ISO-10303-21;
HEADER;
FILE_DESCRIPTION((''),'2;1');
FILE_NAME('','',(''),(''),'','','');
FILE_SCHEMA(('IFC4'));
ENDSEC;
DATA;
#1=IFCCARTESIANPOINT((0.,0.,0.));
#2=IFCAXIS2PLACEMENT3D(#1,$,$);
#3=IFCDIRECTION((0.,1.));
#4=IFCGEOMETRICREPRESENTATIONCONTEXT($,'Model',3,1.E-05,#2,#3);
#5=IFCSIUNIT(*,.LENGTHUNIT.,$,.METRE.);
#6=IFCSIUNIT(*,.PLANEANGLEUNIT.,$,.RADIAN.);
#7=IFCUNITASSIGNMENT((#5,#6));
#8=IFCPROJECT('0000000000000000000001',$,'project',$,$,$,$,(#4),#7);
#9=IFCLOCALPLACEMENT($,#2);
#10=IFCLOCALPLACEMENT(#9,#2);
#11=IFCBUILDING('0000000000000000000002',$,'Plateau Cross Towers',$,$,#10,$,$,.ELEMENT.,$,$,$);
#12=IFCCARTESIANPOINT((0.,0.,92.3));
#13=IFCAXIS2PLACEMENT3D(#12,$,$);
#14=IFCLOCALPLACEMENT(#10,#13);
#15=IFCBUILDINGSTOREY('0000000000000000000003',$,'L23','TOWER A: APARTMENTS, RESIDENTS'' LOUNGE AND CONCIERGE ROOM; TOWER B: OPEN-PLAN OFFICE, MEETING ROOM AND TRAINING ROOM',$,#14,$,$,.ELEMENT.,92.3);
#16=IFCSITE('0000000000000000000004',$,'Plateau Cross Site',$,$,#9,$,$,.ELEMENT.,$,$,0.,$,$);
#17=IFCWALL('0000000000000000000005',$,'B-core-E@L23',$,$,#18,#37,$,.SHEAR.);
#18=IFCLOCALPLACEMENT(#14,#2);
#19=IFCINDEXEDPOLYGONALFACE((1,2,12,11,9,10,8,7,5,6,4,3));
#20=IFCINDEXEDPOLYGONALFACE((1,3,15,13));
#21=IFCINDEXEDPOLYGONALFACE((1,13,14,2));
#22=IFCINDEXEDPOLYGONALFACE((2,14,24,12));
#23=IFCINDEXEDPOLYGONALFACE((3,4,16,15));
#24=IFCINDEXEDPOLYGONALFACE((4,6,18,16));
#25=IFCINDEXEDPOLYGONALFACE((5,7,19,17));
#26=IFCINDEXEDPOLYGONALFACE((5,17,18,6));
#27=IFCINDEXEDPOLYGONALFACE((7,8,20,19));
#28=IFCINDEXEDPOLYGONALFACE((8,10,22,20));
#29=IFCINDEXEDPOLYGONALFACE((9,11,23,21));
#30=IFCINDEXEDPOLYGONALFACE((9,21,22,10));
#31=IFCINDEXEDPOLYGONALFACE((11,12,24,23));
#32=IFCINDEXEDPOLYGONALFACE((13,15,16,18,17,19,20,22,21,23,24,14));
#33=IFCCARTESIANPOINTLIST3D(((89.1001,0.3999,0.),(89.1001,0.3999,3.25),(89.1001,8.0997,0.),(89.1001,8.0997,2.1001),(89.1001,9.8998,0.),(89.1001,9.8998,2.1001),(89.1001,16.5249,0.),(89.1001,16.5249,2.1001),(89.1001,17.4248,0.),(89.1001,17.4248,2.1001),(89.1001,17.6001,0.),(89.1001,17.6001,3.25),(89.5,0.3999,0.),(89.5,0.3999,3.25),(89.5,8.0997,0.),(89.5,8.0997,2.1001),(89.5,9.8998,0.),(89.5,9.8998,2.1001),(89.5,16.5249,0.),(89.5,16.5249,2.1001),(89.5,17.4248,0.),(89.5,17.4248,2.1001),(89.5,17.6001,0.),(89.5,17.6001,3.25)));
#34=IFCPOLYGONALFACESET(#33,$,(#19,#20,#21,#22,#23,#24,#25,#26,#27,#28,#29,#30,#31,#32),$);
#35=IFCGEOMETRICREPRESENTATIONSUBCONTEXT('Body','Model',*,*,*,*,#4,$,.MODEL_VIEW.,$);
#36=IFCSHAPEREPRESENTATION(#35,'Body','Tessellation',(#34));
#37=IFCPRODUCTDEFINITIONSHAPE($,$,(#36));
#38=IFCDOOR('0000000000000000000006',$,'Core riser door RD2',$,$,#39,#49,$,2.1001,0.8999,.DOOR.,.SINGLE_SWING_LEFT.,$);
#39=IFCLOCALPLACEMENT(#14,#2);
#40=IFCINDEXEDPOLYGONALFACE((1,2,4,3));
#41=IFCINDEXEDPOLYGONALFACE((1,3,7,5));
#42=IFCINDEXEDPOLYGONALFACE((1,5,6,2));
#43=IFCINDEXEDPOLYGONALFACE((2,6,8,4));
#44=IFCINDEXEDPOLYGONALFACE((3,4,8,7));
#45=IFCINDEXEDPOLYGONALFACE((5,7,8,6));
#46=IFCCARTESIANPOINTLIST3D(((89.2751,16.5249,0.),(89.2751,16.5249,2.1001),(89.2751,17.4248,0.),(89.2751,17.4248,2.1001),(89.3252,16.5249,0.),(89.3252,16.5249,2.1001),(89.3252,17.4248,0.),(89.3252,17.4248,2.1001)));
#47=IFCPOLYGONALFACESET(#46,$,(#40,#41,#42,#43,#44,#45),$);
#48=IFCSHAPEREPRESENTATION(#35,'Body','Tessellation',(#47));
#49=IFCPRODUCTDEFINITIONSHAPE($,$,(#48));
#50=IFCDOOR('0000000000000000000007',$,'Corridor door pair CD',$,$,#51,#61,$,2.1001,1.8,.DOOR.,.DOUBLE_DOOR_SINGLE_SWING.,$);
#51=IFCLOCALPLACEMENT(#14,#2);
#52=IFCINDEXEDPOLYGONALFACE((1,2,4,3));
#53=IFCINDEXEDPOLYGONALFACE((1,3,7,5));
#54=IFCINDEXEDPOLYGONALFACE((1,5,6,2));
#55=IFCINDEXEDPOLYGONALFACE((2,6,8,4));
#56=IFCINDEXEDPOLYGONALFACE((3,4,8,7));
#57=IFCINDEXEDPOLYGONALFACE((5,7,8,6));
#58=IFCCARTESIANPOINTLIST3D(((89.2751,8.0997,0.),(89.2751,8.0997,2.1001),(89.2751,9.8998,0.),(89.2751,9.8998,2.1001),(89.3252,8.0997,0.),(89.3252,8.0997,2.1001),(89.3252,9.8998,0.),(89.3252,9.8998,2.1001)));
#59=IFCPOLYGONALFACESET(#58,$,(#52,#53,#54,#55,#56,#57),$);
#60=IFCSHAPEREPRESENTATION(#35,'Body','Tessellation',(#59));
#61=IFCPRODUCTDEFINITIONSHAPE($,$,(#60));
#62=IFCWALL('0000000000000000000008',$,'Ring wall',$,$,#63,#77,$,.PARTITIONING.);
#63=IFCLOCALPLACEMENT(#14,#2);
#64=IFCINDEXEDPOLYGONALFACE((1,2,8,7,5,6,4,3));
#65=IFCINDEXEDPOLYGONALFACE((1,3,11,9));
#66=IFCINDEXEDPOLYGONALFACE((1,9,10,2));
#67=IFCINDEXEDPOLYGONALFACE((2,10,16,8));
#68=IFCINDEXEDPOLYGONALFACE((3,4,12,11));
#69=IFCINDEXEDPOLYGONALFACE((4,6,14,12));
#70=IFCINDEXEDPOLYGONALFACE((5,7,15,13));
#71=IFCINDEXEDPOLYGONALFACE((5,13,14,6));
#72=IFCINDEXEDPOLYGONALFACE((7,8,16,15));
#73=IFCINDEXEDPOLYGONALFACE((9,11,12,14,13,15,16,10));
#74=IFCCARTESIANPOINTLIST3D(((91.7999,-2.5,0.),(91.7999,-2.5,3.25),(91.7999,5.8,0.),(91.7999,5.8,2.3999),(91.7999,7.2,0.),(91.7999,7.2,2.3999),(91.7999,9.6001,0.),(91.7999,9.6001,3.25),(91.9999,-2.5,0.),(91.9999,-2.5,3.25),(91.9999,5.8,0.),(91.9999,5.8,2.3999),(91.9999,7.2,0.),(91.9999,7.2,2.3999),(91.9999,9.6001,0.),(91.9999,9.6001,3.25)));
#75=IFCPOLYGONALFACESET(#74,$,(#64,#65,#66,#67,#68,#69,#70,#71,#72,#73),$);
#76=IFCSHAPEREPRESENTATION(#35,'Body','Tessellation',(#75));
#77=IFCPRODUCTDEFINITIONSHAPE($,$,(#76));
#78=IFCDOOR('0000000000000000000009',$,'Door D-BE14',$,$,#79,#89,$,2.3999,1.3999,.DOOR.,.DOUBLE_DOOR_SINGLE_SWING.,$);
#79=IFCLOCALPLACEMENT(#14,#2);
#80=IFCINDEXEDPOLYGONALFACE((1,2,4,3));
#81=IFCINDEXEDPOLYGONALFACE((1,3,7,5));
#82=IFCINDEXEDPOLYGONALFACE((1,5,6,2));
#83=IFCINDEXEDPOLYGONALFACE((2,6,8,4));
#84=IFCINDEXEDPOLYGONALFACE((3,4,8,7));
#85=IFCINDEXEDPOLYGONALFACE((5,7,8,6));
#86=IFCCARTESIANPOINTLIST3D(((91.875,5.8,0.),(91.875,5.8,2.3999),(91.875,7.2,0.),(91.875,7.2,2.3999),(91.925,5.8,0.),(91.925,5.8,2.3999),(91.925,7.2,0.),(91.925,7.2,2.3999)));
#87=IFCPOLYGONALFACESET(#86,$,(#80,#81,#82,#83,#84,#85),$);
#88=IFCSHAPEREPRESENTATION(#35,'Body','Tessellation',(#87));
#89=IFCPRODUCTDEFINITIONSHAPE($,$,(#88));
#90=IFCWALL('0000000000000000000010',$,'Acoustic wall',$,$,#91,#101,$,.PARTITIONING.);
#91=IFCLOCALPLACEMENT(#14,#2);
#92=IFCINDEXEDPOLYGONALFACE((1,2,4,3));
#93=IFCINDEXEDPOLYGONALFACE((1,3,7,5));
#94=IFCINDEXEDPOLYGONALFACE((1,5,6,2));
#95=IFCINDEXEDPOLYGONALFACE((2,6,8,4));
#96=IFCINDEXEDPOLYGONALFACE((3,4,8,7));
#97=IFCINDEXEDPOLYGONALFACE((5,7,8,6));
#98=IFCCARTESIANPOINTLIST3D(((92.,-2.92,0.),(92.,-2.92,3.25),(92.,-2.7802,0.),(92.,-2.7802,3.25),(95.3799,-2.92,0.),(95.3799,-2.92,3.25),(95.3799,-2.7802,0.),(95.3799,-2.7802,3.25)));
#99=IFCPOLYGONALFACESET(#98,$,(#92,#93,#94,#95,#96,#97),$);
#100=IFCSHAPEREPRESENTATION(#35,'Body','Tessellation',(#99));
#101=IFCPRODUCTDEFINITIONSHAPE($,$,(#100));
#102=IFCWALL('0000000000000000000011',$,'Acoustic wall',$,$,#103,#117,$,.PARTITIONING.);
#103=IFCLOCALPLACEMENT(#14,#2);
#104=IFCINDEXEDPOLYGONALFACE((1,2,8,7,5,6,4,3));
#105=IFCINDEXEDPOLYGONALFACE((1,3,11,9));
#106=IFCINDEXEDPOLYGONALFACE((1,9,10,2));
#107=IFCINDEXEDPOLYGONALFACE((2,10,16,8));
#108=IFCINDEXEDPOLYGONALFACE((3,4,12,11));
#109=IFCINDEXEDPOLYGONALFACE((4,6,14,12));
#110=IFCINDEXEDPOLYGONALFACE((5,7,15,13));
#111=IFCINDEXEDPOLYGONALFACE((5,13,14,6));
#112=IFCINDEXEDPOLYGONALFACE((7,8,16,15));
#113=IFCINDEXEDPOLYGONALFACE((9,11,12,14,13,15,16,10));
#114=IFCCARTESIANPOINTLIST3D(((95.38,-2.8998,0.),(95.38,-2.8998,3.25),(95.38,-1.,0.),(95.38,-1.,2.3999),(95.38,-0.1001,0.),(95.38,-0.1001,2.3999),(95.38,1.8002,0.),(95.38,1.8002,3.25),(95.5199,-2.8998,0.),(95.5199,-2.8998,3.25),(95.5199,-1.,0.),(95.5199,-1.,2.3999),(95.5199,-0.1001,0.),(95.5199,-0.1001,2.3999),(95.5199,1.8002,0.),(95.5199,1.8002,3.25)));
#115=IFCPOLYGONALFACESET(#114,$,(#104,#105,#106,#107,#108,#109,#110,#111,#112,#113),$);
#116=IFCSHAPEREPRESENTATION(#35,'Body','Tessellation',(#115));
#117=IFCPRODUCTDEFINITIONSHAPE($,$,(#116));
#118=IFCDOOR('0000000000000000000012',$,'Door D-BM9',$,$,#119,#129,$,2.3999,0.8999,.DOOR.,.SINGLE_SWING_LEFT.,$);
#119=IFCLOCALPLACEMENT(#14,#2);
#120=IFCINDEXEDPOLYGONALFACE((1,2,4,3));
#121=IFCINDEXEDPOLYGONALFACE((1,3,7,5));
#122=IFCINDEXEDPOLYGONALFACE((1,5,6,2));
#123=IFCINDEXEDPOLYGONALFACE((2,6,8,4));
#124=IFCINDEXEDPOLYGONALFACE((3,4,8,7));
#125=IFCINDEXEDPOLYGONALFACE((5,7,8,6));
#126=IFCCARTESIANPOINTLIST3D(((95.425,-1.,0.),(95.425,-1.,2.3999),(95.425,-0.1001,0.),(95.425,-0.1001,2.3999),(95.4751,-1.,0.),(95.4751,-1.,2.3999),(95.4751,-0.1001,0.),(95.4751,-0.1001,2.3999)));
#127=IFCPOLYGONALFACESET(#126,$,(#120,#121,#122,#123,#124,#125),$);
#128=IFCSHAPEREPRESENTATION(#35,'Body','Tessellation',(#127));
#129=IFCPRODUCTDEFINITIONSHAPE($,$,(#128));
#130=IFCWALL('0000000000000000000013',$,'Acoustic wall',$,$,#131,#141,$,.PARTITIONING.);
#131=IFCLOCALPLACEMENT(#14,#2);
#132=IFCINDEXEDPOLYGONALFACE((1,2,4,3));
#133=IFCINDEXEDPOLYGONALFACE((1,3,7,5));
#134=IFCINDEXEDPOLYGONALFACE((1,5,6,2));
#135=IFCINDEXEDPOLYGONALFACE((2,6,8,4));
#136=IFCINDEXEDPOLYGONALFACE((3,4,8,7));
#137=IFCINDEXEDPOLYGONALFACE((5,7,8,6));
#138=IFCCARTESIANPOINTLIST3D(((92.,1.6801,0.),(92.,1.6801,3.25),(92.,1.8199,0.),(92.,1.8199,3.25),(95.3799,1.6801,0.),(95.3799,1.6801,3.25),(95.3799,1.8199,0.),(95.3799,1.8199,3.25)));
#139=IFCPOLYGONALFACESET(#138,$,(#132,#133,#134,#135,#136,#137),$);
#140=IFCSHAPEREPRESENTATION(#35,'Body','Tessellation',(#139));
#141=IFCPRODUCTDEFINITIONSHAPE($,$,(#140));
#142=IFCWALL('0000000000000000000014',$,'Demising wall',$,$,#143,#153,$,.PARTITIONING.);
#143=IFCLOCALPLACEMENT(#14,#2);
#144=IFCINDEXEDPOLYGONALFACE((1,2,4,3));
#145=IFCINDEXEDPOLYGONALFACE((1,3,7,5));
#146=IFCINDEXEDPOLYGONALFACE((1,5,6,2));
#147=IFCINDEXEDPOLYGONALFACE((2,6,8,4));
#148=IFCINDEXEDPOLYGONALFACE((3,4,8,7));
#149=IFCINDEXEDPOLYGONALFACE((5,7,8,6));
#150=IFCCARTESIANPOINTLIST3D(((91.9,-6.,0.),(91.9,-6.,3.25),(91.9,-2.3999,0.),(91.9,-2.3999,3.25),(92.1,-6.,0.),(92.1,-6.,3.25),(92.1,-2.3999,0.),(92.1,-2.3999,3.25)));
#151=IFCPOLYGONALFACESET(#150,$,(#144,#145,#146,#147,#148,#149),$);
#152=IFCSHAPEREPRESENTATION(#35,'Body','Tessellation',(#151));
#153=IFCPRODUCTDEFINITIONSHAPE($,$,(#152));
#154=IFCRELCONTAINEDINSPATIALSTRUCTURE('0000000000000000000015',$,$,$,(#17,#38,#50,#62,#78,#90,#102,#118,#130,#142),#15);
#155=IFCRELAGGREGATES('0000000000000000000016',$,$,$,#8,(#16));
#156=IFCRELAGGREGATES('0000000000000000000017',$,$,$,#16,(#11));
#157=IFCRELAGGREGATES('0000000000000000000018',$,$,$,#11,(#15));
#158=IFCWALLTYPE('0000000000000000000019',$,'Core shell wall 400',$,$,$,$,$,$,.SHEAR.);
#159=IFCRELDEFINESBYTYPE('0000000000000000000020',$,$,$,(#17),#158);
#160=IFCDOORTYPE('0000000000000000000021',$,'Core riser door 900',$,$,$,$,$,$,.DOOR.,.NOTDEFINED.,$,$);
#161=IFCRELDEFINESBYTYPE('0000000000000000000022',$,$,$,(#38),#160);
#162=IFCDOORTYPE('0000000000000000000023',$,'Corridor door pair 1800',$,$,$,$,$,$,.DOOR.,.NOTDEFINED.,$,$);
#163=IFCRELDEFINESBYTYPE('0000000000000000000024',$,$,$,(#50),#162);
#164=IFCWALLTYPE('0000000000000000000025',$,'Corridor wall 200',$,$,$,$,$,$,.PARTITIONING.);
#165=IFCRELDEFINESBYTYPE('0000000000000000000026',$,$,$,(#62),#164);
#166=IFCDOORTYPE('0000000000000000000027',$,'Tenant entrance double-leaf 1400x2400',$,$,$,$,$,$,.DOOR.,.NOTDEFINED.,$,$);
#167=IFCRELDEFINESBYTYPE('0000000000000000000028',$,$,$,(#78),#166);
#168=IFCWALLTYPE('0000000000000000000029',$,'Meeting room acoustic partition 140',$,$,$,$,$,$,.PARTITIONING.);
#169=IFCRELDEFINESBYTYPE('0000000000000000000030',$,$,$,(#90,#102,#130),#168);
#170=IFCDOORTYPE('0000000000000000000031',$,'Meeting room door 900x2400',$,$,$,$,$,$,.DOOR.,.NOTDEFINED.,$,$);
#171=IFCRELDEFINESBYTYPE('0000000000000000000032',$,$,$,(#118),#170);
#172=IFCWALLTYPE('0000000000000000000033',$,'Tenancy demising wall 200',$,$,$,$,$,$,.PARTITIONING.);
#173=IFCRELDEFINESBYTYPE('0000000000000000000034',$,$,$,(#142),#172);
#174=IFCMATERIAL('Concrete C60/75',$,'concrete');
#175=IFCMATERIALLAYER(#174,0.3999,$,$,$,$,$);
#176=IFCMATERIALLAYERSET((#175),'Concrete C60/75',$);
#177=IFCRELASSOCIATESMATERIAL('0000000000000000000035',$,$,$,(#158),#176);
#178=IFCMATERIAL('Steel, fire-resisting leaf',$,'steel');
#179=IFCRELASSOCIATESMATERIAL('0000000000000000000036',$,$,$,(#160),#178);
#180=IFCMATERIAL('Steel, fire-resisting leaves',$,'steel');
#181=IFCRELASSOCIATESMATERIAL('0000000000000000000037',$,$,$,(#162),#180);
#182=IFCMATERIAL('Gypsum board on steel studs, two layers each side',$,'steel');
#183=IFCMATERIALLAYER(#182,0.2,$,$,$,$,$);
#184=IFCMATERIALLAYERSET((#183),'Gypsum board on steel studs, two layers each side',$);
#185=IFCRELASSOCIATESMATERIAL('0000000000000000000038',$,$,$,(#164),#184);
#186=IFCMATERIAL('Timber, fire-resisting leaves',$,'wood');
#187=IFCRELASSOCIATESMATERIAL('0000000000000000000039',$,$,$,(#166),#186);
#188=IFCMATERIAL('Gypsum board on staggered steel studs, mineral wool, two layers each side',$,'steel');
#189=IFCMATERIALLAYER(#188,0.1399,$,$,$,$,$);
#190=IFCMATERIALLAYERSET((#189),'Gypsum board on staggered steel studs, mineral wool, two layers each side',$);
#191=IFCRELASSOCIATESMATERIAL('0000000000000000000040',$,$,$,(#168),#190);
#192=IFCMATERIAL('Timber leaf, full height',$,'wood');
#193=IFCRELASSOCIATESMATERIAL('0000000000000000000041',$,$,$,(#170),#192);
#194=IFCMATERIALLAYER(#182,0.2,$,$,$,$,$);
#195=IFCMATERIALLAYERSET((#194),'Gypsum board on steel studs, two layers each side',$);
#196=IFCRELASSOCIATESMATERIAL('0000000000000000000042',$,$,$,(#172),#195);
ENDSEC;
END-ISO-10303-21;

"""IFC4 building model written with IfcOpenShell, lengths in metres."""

from ifc_helpers import new_model, si_unit, direction, frame, frame_2d, origin, place, context, subcontext, project, spatial, rectangle, extrude, material, layer, layer_set, type_object, element, fill, save


model = new_model("IFC4")

# Units and contexts
model_context = context("Model", 3, precision=1e-05, world=origin(), true_north=direction((0.0, 1.0)))
body_context = subcontext(model_context, "Body", "Model", "MODEL_VIEW")
ifc_project = project(units=[si_unit("LENGTHUNIT", "METRE"), si_unit("PLANEANGLEUNIT", "RADIAN")], contexts=[model_context])

# Site, building, storey
site_placement = place(None, origin())
site = spatial("IfcSite", under=ifc_project, at=site_placement, Name="Plateau Cross Site", CompositionType="ELEMENT", RefElevation=0.0)
building_placement = place(site_placement, origin())
building = spatial("IfcBuilding", under=site, at=building_placement, Name="Plateau Cross Towers", CompositionType="ELEMENT")
storey_placement = place(building_placement, frame((0.0, 0.0, 92.3)))
storey = spatial("IfcBuildingStorey", under=building, at=storey_placement, Name="L23", Description="TOWER A: APARTMENTS, RESIDENTS' LOUNGE AND CONCIERGE ROOM; TOWER B: OPEN-PLAN OFFICE, MEETING ROOM AND TRAINING ROOM", CompositionType="ELEMENT", Elevation=92.3)

# Shared definitions
ifc_material_1 = material(Name="Concrete C60/75", Category="concrete")

# Shared definitions
ifc_material_2 = material(Name="Steel, fire-resisting leaf", Category="steel")

# Wall, openings, doors
ifc_layer_1 = layer(ifc_material_1, 0.3999)
ifc_layer_set_1 = layer_set([ifc_layer_1], Name="Concrete C60/75")
wall_type_1 = type_object("IfcWallType", Name="Core shell wall 400", PredefinedType="SHEAR", material=ifc_layer_set_1)
wall_1_placement = place(storey_placement, frame((89.3, 0.3999, 0.0), z_axis=(0.0, 0.0, 1.0), x_axis=(0.0, 1.0, 0.0)))
wall_1 = element("IfcWall", 1, at=wall_1_placement, inside=storey, type_object=wall_type_1, Name="B-core-E@L23", PredefinedType="SHEAR", context=body_context, shape_type="SweptSolid", body=[
    extrude(rectangle(XDim=17.2002, YDim=0.3999, at=frame_2d((8.6001, 0.0))), origin(), (0.0, 0.0, 1.0), 3.25),
])
opening_1_placement = place(wall_1_placement, frame((7.7, 0.0, 0.0)))
opening_1 = element("IfcOpeningElement", 2, at=opening_1_placement, cuts=wall_1, PredefinedType="OPENING", context=body_context, shape_type="SweptSolid", body=[
    extrude(rectangle(XDim=1.8, YDim=2.1001, at=frame_2d((0.8999, 1.05))), frame((0.0, 0.21, 0.0), z_axis=(0.0, -1.0, 0.0), x_axis=(1.0, 0.0, 0.0)), (0.0, 0.0, 1.0), 0.4199),
])
opening_2_placement = place(wall_1_placement, frame((16.125, 0.0, 0.0)))
opening_2 = element("IfcOpeningElement", 3, at=opening_2_placement, cuts=wall_1, PredefinedType="OPENING", context=body_context, shape_type="SweptSolid", body=[
    extrude(rectangle(XDim=0.8999, YDim=2.1001, at=frame_2d((0.45, 1.05))), frame((0.0, 0.21, 0.0), z_axis=(0.0, -1.0, 0.0), x_axis=(1.0, 0.0, 0.0)), (0.0, 0.0, 1.0), 0.4199),
])
door_type_1 = type_object("IfcDoorType", Name="Core riser door 900", OperationType="NOTDEFINED", PredefinedType="DOOR", material=ifc_material_2)
door_1_placement = place(opening_2_placement, origin())
door_1 = element("IfcDoor", 4, at=door_1_placement, inside=storey, type_object=door_type_1, Name="Core riser door RD2", OperationType="SINGLE_SWING_LEFT", OverallHeight=2.1001, OverallWidth=0.8999, PredefinedType="DOOR", context=body_context, shape_type="SweptSolid", body=[
    extrude(rectangle(XDim=0.8999, YDim=2.1001, at=frame_2d((0.45, 1.05))), frame((0.0, 0.0249, 0.0), z_axis=(0.0, -1.0, 0.0), x_axis=(1.0, 0.0, 0.0)), (0.0, 0.0, 1.0), 0.05),
])
fill(opening_2, door_1)
ifc_material_3 = material(Name="Steel, fire-resisting leaves", Category="steel")
door_type_2 = type_object("IfcDoorType", Name="Corridor door pair 1800", OperationType="NOTDEFINED", PredefinedType="DOOR", material=ifc_material_3)
door_2_placement = place(opening_1_placement, origin())
door_2 = element("IfcDoor", 5, at=door_2_placement, inside=storey, type_object=door_type_2, Name="Corridor door pair CD", OperationType="DOUBLE_DOOR_SINGLE_SWING", OverallHeight=2.1001, OverallWidth=1.8, PredefinedType="DOOR", context=body_context, shape_type="SweptSolid", body=[
    extrude(rectangle(XDim=1.8, YDim=2.1001, at=frame_2d((0.8999, 1.05))), frame((0.0, 0.0249, 0.0), z_axis=(0.0, -1.0, 0.0), x_axis=(1.0, 0.0, 0.0)), (0.0, 0.0, 1.0), 0.05),
])
fill(opening_1, door_2)

# Wall, opening, door
ifc_material_4 = material(Name="Gypsum board on steel studs, two layers each side", Category="steel")
ifc_layer_2 = layer(ifc_material_4, 0.2)
ifc_layer_set_2 = layer_set([ifc_layer_2], Name="Gypsum board on steel studs, two layers each side")
wall_type_2 = type_object("IfcWallType", Name="Corridor wall 200", PredefinedType="PARTITIONING", material=ifc_layer_set_2)
wall_2_placement = place(storey_placement, frame((91.8999, -2.5, 0.0), z_axis=(0.0, 0.0, 1.0), x_axis=(0.0, 1.0, 0.0)))
wall_2 = element("IfcWall", 6, at=wall_2_placement, inside=storey, type_object=wall_type_2, Name="Ring wall", PredefinedType="PARTITIONING", context=body_context, shape_type="SweptSolid", body=[
    extrude(rectangle(XDim=12.1001, YDim=0.2, at=frame_2d((6.05, 0.0))), origin(), (0.0, 0.0, 1.0), 3.25),
])
opening_3_placement = place(wall_2_placement, frame((8.3, 0.0, 0.0)))
opening_3 = element("IfcOpeningElement", 7, at=opening_3_placement, cuts=wall_2, PredefinedType="OPENING", context=body_context, shape_type="SweptSolid", body=[
    extrude(rectangle(XDim=1.3999, YDim=2.3999, at=frame_2d((0.7, 1.2))), frame((0.0, 0.1099, 0.0), z_axis=(0.0, -1.0, 0.0), x_axis=(1.0, 0.0, 0.0)), (0.0, 0.0, 1.0), 0.22),
])
ifc_material_5 = material(Name="Timber, fire-resisting leaves", Category="wood")
door_type_3 = type_object("IfcDoorType", Name="Tenant entrance double-leaf 1400x2400", OperationType="NOTDEFINED", PredefinedType="DOOR", material=ifc_material_5)
door_3_placement = place(opening_3_placement, origin())
door_3 = element("IfcDoor", 8, at=door_3_placement, inside=storey, type_object=door_type_3, Name="Door D-BE14", OperationType="DOUBLE_DOOR_SINGLE_SWING", OverallHeight=2.3999, OverallWidth=1.3999, PredefinedType="DOOR", context=body_context, shape_type="SweptSolid", body=[
    extrude(rectangle(XDim=1.3999, YDim=2.3999, at=frame_2d((0.7, 1.2))), frame((0.0, 0.0249, 0.0), z_axis=(0.0, -1.0, 0.0), x_axis=(1.0, 0.0, 0.0)), (0.0, 0.0, 1.0), 0.05),
])
fill(opening_3, door_3)
ifc_material_6 = material(Name="Gypsum board on staggered steel studs, mineral wool, two layers each side", Category="steel")
ifc_layer_3 = layer(ifc_material_6, 0.1399)
ifc_layer_set_3 = layer_set([ifc_layer_3], Name="Gypsum board on staggered steel studs, mineral wool, two layers each side")
wall_type_3 = type_object("IfcWallType", Name="Meeting room acoustic partition 140", PredefinedType="PARTITIONING", material=ifc_layer_set_3)
ifc_material_7 = material(Name="Timber leaf, full height", Category="wood")
door_type_4 = type_object("IfcDoorType", Name="Meeting room door 900x2400", OperationType="NOTDEFINED", PredefinedType="DOOR", material=ifc_material_7)

# Wall
wall_3_placement = place(storey_placement, frame((92.0, -2.8501, 0.0), z_axis=(0.0, 0.0, 1.0), x_axis=(1.0, 0.0, 0.0)))
element("IfcWall", 9, at=wall_3_placement, inside=storey, type_object=wall_type_3, Name="Acoustic wall", PredefinedType="PARTITIONING", context=body_context, shape_type="SweptSolid", body=[
    extrude(rectangle(XDim=3.3799, YDim=0.1399, at=frame_2d((1.6899, 0.0))), origin(), (0.0, 0.0, 1.0), 3.25),
])

# Wall, opening, door
wall_4_placement = place(storey_placement, frame((95.45, -2.8999, 0.0), z_axis=(0.0, 0.0, 1.0), x_axis=(0.0, 1.0, 0.0)))
wall_4 = element("IfcWall", 10, at=wall_4_placement, inside=storey, type_object=wall_type_3, Name="Acoustic wall", PredefinedType="PARTITIONING", context=body_context, shape_type="SweptSolid", body=[
    extrude(rectangle(XDim=4.7, YDim=0.1399, at=frame_2d((2.3501, 0.0))), origin(), (0.0, 0.0, 1.0), 3.25),
])
opening_4_placement = place(wall_4_placement, frame((1.8999, 0.0, 0.0)))
opening_4 = element("IfcOpeningElement", 11, at=opening_4_placement, cuts=wall_4, PredefinedType="OPENING", context=body_context, shape_type="SweptSolid", body=[
    extrude(rectangle(XDim=0.8999, YDim=2.3999, at=frame_2d((0.45, 1.2))), frame((0.0, 0.0798, 0.0), z_axis=(0.0, -1.0, 0.0), x_axis=(1.0, 0.0, 0.0)), (0.0, 0.0, 1.0), 0.1599),
])
door_4_placement = place(opening_4_placement, origin())
door_4 = element("IfcDoor", 12, at=door_4_placement, inside=storey, type_object=door_type_4, Name="Door D-BM9", OperationType="SINGLE_SWING_LEFT", OverallHeight=2.3999, OverallWidth=0.8999, PredefinedType="DOOR", context=body_context, shape_type="SweptSolid", body=[
    extrude(rectangle(XDim=0.8999, YDim=2.3999, at=frame_2d((0.45, 1.2))), frame((0.0, 0.0249, 0.0), z_axis=(0.0, -1.0, 0.0), x_axis=(1.0, 0.0, 0.0)), (0.0, 0.0, 1.0), 0.05),
])
fill(opening_4, door_4)

# Walls
wall_5_placement = place(storey_placement, frame((92.0, 1.75, 0.0), z_axis=(0.0, 0.0, 1.0), x_axis=(1.0, 0.0, 0.0)))
element("IfcWall", 13, at=wall_5_placement, inside=storey, type_object=wall_type_3, Name="Acoustic wall", PredefinedType="PARTITIONING", context=body_context, shape_type="SweptSolid", body=[
    extrude(rectangle(XDim=3.3799, YDim=0.1399, at=frame_2d((1.6899, 0.0))), origin(), (0.0, 0.0, 1.0), 3.25),
])
ifc_layer_4 = layer(ifc_material_4, 0.2)
ifc_layer_set_4 = layer_set([ifc_layer_4], Name="Gypsum board on steel studs, two layers each side")
wall_type_4 = type_object("IfcWallType", Name="Tenancy demising wall 200", PredefinedType="PARTITIONING", material=ifc_layer_set_4)
wall_6_placement = place(storey_placement, frame((92.0, -6.0, 0.0), z_axis=(0.0, 0.0, 1.0), x_axis=(0.0, 1.0, 0.0)))
element("IfcWall", 14, at=wall_6_placement, inside=storey, type_object=wall_type_4, Name="Demising wall", PredefinedType="PARTITIONING", context=body_context, shape_type="SweptSolid", body=[
    extrude(rectangle(XDim=3.6001, YDim=0.2, at=frame_2d((1.8, 0.0))), origin(), (0.0, 0.0, 1.0), 3.25),
])

save(model, "model.ifc")
